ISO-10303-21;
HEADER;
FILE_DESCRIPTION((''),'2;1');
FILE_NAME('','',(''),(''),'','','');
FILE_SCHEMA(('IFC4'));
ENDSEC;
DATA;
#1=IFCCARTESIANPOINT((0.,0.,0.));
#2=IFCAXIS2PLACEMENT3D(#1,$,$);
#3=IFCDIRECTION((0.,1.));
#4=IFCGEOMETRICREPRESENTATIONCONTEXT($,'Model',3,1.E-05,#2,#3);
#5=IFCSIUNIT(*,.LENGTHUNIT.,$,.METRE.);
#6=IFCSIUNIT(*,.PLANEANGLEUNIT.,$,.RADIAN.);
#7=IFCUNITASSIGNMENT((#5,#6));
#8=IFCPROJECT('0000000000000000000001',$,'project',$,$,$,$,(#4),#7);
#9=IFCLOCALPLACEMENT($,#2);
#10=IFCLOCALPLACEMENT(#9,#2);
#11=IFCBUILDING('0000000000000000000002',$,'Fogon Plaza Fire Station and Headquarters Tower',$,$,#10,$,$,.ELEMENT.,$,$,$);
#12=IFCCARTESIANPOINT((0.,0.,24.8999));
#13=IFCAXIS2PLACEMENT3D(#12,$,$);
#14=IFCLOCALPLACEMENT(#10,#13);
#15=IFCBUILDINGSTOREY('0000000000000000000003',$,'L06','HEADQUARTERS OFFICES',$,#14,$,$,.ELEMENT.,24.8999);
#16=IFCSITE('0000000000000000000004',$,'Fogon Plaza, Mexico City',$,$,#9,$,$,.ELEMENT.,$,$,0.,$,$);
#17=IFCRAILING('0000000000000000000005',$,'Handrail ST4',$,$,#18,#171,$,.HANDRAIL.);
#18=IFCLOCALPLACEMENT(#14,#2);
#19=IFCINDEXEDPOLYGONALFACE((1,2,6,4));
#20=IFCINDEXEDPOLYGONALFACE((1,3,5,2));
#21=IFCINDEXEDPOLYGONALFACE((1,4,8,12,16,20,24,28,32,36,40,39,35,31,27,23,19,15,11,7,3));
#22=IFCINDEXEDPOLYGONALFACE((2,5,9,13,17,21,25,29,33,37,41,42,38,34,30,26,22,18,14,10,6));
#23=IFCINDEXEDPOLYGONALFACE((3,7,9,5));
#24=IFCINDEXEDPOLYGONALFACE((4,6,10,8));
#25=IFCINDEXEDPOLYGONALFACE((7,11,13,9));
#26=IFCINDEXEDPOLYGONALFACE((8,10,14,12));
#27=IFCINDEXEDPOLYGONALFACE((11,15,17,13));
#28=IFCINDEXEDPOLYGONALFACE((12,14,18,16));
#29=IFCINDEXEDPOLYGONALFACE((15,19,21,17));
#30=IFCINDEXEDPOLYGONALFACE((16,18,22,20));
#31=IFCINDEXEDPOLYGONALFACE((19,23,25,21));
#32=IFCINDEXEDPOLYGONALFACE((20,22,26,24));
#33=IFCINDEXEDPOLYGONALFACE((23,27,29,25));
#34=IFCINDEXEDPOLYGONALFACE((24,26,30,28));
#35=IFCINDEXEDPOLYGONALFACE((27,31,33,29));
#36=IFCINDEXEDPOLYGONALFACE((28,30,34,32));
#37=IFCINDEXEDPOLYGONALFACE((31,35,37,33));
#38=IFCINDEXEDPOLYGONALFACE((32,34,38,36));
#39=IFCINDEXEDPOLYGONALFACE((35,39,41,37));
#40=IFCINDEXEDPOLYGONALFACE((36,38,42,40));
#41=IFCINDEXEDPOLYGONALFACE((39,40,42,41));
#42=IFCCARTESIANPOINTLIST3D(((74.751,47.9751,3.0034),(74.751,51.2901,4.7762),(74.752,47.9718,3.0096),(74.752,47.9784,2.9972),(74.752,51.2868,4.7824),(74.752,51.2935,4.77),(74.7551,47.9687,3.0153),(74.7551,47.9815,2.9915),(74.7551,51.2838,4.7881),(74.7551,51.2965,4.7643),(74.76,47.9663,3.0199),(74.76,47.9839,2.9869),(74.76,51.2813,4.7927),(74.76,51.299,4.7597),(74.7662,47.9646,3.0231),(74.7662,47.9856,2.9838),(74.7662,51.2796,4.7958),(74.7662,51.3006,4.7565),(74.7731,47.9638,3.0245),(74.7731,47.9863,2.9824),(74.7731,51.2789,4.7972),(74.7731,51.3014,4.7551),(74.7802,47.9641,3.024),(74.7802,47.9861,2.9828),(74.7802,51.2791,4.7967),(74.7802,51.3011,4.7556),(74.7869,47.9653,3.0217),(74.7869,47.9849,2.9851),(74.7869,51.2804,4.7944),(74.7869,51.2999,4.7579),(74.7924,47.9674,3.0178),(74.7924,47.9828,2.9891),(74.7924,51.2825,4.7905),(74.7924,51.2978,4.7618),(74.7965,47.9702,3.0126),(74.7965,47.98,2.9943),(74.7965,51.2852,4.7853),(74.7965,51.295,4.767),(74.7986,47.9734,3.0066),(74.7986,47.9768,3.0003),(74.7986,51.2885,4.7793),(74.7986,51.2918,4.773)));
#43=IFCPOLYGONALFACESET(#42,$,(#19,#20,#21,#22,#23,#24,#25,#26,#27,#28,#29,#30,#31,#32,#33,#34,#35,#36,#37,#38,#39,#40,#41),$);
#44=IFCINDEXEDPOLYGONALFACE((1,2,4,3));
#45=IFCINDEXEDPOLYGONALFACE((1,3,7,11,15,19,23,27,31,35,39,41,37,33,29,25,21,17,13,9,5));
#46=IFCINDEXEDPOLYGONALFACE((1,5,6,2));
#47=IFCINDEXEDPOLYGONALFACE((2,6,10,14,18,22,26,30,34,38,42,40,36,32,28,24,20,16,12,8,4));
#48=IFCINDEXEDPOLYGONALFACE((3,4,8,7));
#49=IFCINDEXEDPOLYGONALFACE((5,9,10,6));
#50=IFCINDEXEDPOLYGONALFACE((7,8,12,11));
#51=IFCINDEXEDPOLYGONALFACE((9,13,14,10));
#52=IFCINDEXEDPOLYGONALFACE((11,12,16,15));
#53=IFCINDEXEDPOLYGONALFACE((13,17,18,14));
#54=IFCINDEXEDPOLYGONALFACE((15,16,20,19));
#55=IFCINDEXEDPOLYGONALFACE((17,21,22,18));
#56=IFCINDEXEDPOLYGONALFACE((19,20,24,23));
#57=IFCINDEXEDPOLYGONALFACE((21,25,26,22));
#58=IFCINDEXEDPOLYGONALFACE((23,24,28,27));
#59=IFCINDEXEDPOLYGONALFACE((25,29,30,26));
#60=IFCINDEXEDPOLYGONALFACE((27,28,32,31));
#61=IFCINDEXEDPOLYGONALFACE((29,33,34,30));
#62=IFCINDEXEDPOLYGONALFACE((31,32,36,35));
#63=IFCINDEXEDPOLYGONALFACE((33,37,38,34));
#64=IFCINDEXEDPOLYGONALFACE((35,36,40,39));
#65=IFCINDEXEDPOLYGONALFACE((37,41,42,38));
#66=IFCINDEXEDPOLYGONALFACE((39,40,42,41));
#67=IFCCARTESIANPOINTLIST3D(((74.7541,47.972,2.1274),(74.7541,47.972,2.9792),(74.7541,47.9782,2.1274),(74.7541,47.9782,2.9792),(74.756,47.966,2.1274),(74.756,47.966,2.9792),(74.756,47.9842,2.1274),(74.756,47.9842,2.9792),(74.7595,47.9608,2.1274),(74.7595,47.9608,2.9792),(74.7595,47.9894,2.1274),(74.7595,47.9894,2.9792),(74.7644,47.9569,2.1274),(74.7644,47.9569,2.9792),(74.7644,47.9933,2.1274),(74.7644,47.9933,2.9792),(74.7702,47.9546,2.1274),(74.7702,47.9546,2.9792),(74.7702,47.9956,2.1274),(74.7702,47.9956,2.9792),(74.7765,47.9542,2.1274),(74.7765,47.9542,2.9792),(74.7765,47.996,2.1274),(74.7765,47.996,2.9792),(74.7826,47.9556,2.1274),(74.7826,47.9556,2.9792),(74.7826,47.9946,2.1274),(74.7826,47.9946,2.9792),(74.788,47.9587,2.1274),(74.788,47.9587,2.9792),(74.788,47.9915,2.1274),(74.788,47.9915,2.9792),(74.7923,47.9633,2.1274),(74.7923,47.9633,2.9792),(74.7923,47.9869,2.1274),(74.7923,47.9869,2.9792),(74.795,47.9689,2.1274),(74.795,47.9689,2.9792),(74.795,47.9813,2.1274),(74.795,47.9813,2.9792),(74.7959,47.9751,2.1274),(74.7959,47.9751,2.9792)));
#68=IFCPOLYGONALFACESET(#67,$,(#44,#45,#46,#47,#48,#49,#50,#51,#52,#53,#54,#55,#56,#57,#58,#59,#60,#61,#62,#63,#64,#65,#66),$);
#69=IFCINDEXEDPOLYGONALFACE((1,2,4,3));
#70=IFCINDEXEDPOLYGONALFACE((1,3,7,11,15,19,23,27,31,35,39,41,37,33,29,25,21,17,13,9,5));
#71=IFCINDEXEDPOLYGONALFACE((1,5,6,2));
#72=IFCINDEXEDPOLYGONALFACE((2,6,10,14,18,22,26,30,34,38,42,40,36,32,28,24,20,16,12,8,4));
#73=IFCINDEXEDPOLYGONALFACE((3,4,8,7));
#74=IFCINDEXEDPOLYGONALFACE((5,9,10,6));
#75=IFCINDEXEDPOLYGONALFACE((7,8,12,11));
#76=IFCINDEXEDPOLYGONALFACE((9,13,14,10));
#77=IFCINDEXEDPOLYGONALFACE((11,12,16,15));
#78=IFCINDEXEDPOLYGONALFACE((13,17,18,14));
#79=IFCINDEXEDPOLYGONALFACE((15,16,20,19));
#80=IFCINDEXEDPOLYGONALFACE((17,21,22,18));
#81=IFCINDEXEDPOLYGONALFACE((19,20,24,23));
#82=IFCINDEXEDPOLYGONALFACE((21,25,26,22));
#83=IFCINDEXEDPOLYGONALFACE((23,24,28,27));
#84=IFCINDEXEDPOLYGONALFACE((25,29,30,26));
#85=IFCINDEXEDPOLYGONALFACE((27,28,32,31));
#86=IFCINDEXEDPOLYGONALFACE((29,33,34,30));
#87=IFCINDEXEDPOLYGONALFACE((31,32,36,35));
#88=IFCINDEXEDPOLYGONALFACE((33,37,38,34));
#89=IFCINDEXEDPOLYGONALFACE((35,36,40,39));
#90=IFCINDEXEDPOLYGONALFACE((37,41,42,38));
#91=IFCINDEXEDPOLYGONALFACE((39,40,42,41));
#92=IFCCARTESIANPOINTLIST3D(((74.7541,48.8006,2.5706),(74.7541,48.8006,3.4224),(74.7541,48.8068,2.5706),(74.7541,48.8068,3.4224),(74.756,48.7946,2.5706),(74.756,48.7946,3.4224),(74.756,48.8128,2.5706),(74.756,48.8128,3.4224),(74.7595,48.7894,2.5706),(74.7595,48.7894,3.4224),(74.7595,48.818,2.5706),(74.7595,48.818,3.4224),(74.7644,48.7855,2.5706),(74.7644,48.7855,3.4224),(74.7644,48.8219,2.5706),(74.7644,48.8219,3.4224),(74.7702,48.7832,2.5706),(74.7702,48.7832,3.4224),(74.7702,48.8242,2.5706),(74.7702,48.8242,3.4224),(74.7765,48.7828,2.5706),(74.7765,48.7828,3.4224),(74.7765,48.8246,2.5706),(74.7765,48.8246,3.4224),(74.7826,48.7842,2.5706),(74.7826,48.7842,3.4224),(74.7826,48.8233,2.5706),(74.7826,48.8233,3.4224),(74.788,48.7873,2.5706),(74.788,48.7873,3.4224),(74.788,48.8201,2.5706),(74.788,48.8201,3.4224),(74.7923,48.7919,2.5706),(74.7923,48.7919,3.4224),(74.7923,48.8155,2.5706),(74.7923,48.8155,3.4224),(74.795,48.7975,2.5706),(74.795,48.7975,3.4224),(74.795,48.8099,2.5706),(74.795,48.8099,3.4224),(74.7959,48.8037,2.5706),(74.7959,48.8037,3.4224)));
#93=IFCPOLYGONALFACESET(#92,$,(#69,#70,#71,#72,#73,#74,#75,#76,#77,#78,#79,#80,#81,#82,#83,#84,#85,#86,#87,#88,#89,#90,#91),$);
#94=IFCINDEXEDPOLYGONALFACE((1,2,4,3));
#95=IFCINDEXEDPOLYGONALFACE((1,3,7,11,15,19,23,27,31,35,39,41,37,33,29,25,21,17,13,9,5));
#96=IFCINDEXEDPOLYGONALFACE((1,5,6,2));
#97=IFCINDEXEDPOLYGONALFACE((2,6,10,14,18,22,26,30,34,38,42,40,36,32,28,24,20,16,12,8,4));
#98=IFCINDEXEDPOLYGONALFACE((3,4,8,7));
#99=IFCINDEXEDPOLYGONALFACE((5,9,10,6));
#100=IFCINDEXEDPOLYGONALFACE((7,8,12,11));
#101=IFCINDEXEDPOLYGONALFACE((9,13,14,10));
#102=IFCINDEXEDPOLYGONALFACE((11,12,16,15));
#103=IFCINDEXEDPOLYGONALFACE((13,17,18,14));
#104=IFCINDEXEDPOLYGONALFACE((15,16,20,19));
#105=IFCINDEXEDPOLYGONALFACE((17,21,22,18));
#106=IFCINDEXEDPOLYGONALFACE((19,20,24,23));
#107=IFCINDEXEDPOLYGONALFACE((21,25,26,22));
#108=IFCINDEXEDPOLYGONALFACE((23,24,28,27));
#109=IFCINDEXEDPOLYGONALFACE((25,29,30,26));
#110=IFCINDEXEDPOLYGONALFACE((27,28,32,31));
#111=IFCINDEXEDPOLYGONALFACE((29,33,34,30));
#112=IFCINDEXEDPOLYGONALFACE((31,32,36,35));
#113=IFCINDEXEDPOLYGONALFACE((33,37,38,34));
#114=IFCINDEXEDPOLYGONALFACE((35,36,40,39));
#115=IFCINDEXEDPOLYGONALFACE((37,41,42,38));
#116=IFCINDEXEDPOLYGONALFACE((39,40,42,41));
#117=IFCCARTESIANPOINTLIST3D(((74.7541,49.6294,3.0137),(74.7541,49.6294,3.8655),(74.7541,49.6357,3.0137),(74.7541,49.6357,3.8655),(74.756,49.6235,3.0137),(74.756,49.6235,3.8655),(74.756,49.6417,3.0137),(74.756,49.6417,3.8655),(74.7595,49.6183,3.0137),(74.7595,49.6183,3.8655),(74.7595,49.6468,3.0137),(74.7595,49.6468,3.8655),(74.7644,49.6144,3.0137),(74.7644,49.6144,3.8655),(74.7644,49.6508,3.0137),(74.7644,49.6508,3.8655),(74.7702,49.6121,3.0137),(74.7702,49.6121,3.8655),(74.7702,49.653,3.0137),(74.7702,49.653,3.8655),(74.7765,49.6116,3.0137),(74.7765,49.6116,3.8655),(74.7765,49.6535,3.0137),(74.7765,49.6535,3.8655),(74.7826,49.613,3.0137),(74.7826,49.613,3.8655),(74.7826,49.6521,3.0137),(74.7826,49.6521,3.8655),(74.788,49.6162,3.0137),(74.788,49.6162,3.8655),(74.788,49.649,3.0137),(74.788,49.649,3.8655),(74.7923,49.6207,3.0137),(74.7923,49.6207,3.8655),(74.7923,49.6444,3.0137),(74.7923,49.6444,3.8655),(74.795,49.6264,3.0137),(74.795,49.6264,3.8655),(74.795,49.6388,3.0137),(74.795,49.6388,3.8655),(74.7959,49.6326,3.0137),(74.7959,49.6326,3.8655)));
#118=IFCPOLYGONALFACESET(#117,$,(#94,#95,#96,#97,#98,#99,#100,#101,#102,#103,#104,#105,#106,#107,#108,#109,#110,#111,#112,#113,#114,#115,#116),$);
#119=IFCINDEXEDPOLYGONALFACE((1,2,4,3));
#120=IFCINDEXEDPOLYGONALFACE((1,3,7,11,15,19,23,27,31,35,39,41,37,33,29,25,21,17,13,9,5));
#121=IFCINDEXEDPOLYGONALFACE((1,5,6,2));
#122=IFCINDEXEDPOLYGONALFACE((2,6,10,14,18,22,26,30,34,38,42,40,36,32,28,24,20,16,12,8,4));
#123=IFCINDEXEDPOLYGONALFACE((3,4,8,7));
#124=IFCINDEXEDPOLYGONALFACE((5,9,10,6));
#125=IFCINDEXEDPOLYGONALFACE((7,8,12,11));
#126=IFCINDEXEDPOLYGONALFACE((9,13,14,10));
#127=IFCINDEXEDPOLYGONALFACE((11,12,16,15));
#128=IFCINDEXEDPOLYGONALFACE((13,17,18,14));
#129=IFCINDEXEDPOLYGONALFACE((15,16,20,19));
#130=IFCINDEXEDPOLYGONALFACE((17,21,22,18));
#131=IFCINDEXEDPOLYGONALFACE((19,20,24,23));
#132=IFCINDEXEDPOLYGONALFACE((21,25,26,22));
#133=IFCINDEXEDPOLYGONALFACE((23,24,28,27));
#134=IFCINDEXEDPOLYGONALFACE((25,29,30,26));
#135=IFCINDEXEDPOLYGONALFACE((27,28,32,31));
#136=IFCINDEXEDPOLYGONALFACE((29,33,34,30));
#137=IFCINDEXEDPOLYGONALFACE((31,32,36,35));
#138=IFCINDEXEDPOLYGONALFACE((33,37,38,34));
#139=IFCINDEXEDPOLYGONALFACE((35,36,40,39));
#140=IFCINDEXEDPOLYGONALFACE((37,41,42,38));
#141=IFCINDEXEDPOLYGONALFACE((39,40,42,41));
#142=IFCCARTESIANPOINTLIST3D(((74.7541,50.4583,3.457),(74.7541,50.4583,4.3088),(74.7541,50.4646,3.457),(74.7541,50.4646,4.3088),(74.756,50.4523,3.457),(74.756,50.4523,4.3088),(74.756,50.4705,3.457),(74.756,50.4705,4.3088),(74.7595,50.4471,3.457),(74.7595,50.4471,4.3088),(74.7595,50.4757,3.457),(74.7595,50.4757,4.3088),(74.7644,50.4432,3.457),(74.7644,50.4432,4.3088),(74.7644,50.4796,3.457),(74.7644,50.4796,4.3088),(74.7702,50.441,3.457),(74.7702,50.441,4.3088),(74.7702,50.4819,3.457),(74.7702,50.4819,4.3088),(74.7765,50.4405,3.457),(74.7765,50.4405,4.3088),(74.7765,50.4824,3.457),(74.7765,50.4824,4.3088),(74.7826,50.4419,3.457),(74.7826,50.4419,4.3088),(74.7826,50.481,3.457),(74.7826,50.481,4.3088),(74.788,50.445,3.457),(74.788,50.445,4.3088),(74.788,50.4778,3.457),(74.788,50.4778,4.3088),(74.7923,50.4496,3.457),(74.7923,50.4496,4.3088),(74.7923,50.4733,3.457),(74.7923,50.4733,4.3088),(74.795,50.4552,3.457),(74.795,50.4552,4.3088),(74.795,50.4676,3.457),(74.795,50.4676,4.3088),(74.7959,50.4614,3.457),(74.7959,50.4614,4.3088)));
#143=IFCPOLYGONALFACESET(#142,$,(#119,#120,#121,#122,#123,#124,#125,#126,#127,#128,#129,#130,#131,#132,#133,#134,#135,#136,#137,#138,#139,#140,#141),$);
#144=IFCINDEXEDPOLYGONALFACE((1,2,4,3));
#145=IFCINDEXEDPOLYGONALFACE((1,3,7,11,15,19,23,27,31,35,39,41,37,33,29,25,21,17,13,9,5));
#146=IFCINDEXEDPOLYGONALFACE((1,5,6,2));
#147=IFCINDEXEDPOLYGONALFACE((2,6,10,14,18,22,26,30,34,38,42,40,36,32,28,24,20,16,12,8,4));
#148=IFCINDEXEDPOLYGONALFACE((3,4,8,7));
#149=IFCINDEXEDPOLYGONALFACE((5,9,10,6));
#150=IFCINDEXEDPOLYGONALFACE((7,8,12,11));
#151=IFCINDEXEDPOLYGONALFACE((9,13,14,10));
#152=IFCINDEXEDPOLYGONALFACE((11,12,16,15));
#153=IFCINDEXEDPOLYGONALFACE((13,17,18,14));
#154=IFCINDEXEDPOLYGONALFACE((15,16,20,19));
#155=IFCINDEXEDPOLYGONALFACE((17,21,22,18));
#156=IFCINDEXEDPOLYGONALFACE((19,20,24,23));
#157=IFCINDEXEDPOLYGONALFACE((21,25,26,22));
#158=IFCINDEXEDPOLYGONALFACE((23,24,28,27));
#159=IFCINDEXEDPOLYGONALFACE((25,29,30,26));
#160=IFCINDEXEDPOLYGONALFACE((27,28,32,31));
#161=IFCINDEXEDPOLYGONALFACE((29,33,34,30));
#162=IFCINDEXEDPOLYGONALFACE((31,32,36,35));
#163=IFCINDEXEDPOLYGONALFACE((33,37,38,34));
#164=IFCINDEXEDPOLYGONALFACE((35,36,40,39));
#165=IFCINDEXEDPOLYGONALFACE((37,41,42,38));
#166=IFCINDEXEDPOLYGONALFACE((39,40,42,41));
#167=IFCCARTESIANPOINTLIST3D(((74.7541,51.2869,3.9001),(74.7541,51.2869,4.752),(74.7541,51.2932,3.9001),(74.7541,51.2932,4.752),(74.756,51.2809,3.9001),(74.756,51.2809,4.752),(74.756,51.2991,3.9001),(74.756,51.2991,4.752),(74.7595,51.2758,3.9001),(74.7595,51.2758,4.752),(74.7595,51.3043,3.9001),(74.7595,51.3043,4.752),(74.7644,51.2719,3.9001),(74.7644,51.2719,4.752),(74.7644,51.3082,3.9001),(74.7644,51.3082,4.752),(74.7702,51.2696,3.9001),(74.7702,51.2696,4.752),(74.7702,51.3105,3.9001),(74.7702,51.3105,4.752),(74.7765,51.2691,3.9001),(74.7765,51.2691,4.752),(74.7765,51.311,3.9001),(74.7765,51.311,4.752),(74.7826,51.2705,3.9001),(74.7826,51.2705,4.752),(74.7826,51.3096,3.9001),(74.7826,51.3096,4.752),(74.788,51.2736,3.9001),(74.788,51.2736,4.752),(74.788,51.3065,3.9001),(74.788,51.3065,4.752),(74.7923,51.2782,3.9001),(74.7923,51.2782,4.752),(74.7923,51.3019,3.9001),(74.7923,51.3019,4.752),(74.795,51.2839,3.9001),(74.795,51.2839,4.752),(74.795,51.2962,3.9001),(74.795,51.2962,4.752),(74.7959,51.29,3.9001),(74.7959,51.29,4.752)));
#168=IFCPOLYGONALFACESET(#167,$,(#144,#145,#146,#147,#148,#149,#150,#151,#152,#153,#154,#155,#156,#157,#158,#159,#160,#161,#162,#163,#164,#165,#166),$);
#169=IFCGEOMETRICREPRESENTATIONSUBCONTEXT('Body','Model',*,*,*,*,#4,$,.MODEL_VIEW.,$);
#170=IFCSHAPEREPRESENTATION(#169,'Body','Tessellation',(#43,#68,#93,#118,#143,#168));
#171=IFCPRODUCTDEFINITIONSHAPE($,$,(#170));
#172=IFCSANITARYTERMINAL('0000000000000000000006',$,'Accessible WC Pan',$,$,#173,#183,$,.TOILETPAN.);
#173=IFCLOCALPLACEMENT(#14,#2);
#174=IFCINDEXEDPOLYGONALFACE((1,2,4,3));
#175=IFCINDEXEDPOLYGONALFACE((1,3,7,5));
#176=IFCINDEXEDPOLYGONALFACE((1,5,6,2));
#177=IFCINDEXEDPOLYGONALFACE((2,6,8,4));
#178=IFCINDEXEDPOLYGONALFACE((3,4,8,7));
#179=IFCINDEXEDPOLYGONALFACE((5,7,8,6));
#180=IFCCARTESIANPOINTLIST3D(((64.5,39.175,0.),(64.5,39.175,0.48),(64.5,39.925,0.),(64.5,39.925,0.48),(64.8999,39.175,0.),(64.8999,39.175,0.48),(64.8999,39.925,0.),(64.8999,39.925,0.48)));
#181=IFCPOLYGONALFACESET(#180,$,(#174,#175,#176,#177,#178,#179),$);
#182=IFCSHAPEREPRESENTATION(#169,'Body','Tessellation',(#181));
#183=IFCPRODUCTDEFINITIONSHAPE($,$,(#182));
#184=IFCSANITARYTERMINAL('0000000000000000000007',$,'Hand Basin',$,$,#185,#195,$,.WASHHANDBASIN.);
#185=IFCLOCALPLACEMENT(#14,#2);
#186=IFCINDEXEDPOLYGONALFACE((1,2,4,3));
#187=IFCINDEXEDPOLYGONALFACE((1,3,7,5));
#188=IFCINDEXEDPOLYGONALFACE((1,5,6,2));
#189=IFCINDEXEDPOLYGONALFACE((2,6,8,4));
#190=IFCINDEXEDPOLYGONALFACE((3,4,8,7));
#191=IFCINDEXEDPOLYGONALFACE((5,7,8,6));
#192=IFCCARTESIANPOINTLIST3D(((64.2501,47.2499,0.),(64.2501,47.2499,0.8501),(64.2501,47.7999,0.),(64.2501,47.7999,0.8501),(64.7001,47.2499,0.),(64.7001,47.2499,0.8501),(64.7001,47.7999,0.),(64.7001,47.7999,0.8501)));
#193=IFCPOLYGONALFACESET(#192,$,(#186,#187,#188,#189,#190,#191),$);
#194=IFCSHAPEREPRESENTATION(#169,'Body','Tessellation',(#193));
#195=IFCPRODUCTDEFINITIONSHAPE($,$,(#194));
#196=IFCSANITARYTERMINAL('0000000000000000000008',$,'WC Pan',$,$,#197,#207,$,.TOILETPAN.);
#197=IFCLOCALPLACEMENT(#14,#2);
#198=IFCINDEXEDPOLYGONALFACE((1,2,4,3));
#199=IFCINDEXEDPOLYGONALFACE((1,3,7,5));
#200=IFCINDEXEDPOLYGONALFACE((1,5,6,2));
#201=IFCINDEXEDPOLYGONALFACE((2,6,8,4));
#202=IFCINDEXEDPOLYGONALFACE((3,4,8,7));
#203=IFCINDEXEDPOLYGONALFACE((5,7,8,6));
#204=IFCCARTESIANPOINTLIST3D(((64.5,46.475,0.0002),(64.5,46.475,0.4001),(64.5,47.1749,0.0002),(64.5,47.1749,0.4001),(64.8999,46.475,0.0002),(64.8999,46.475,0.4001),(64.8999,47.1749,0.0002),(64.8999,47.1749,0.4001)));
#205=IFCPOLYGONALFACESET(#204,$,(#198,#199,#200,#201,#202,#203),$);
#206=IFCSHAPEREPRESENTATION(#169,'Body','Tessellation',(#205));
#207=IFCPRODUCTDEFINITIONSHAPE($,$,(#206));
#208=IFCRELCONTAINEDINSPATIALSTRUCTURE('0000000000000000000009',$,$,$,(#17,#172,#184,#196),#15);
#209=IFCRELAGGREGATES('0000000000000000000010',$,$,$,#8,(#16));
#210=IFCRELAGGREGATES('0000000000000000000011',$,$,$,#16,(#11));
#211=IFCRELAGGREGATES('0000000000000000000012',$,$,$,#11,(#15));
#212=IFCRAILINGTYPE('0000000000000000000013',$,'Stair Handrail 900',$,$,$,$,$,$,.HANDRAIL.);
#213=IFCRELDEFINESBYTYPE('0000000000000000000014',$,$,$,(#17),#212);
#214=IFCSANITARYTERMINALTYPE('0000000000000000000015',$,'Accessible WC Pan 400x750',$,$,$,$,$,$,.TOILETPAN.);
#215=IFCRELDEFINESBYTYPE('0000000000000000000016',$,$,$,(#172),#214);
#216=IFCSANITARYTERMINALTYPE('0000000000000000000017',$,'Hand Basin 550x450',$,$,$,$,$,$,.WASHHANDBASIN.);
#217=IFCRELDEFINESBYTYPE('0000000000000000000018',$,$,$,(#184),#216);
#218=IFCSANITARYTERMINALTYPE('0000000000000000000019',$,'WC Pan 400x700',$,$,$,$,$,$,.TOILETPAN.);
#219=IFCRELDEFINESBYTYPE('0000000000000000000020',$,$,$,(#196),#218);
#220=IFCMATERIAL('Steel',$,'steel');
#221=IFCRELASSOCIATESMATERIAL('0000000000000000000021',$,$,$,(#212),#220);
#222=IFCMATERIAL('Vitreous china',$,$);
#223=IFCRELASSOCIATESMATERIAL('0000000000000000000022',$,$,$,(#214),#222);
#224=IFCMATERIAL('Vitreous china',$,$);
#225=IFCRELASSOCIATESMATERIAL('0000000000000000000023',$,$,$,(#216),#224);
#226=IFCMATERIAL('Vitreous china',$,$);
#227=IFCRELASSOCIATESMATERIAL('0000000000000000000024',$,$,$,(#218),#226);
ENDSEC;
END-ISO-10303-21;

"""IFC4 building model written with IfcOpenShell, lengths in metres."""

from ifc_helpers import new_model, si_unit, direction, frame, origin, origin_2d, place, context, subcontext, project, spatial, rectangle, circle, extrude, material, type_object, element, save


model = new_model("IFC4")

# Units and contexts
model_context = context("Model", 3, precision=1e-05, world=origin(), true_north=direction((0.0, 1.0)))
body_context = subcontext(model_context, "Body", "Model", "MODEL_VIEW")
ifc_project = project(units=[si_unit("LENGTHUNIT", "METRE"), si_unit("PLANEANGLEUNIT", "RADIAN")], contexts=[model_context])

# Site, building, storey
site_placement = place(None, origin())
site = spatial("IfcSite", under=ifc_project, at=site_placement, Name="Fogon Plaza, Mexico City", CompositionType="ELEMENT", RefElevation=0.0)
building_placement = place(site_placement, origin())
building = spatial("IfcBuilding", under=site, at=building_placement, Name="Fogon Plaza Fire Station and Headquarters Tower", CompositionType="ELEMENT")
storey_placement = place(building_placement, frame((0.0, 0.0, 24.8999)))
storey = spatial("IfcBuildingStorey", under=building, at=storey_placement, Name="L06", Description="HEADQUARTERS OFFICES", CompositionType="ELEMENT", Elevation=24.8999)

# Railing
ifc_material_1 = material(Name="Steel", Category="steel")
railing_type = type_object("IfcRailingType", Name="Stair Handrail 900", PredefinedType="HANDRAIL", material=ifc_material_1)
for number, where, name in (
    (1, (74.7749, 47.9751, 2.1274), "Handrail ST4"),
):
    element("IfcRailing", number, at=place(storey_placement, frame(where)), inside=storey, type_object=railing_type, Name=name, PredefinedType="HANDRAIL", context=body_context, shape_type="SweptSolid", body=[
        extrude(circle(Radius=0.0239, at=origin_2d()), frame((0.0, 0.0, 0.876), z_axis=(0.0, 0.881829, 0.471569), x_axis=(-1.0, 0.0, 0.0)), (0.0, 0.0, 1.0), 3.7593),
        extrude(circle(Radius=0.021, at=origin_2d()), origin(), (0.0, 0.0, 1.0), 0.8518),
        extrude(circle(Radius=0.021, at=origin_2d()), frame((0.0, 0.8286, 0.4431)), (0.0, 0.0, 1.0), 0.8518),
        extrude(circle(Radius=0.021, at=origin_2d()), frame((0.0, 1.6575, 0.8862)), (0.0, 0.0, 1.0), 0.8518),
        extrude(circle(Radius=0.021, at=origin_2d()), frame((0.0, 2.4863, 1.3296)), (0.0, 0.0, 1.0), 0.8518),
        extrude(circle(Radius=0.021, at=origin_2d()), frame((0.0, 3.3149, 1.7727)), (0.0, 0.0, 1.0), 0.8518),
    ])

# Sanitary terminals
ifc_material_2 = material(Name="Vitreous china")
sanitary_terminal_type_1 = type_object("IfcSanitaryTerminalType", Name="Accessible WC Pan 400x750", PredefinedType="TOILETPAN", material=ifc_material_2)
sanitary_terminal_1_placement = place(storey_placement, frame((64.7, 39.55, 0.0), z_axis=(0.0, 0.0, 1.0), x_axis=(1.0, 0.0, 0.0)))
element("IfcSanitaryTerminal", 2, at=sanitary_terminal_1_placement, inside=storey, type_object=sanitary_terminal_type_1, Name="Accessible WC Pan", PredefinedType="TOILETPAN", context=body_context, shape_type="SweptSolid", body=[
    extrude(rectangle(XDim=0.3999, YDim=0.75, at=origin_2d()), origin(), (0.0, 0.0, 1.0), 0.48),
])
ifc_material_3 = material(Name="Vitreous china")
sanitary_terminal_type_2 = type_object("IfcSanitaryTerminalType", Name="Hand Basin 550x450", PredefinedType="WASHHANDBASIN", material=ifc_material_3)
sanitary_terminal_2_placement = place(storey_placement, frame((64.4751, 47.5249, 0.0), z_axis=(0.0, 0.0, 1.0), x_axis=(1.0, 0.0, 0.0)))
element("IfcSanitaryTerminal", 3, at=sanitary_terminal_2_placement, inside=storey, type_object=sanitary_terminal_type_2, Name="Hand Basin", PredefinedType="WASHHANDBASIN", context=body_context, shape_type="SweptSolid", body=[
    extrude(rectangle(XDim=0.45, YDim=0.55, at=origin_2d()), origin(), (0.0, 0.0, 1.0), 0.8501),
])
ifc_material_4 = material(Name="Vitreous china")
sanitary_terminal_type_3 = type_object("IfcSanitaryTerminalType", Name="WC Pan 400x700", PredefinedType="TOILETPAN", material=ifc_material_4)
sanitary_terminal_3_placement = place(storey_placement, frame((64.7, 46.825, 0.0002), z_axis=(0.0, 0.0, 1.0), x_axis=(1.0, 0.0, 0.0)))
element("IfcSanitaryTerminal", 4, at=sanitary_terminal_3_placement, inside=storey, type_object=sanitary_terminal_type_3, Name="WC Pan", PredefinedType="TOILETPAN", context=body_context, shape_type="SweptSolid", body=[
    extrude(rectangle(XDim=0.3999, YDim=0.7, at=origin_2d()), origin(), (0.0, 0.0, 1.0), 0.3999),
])

save(model, "model.ifc")
